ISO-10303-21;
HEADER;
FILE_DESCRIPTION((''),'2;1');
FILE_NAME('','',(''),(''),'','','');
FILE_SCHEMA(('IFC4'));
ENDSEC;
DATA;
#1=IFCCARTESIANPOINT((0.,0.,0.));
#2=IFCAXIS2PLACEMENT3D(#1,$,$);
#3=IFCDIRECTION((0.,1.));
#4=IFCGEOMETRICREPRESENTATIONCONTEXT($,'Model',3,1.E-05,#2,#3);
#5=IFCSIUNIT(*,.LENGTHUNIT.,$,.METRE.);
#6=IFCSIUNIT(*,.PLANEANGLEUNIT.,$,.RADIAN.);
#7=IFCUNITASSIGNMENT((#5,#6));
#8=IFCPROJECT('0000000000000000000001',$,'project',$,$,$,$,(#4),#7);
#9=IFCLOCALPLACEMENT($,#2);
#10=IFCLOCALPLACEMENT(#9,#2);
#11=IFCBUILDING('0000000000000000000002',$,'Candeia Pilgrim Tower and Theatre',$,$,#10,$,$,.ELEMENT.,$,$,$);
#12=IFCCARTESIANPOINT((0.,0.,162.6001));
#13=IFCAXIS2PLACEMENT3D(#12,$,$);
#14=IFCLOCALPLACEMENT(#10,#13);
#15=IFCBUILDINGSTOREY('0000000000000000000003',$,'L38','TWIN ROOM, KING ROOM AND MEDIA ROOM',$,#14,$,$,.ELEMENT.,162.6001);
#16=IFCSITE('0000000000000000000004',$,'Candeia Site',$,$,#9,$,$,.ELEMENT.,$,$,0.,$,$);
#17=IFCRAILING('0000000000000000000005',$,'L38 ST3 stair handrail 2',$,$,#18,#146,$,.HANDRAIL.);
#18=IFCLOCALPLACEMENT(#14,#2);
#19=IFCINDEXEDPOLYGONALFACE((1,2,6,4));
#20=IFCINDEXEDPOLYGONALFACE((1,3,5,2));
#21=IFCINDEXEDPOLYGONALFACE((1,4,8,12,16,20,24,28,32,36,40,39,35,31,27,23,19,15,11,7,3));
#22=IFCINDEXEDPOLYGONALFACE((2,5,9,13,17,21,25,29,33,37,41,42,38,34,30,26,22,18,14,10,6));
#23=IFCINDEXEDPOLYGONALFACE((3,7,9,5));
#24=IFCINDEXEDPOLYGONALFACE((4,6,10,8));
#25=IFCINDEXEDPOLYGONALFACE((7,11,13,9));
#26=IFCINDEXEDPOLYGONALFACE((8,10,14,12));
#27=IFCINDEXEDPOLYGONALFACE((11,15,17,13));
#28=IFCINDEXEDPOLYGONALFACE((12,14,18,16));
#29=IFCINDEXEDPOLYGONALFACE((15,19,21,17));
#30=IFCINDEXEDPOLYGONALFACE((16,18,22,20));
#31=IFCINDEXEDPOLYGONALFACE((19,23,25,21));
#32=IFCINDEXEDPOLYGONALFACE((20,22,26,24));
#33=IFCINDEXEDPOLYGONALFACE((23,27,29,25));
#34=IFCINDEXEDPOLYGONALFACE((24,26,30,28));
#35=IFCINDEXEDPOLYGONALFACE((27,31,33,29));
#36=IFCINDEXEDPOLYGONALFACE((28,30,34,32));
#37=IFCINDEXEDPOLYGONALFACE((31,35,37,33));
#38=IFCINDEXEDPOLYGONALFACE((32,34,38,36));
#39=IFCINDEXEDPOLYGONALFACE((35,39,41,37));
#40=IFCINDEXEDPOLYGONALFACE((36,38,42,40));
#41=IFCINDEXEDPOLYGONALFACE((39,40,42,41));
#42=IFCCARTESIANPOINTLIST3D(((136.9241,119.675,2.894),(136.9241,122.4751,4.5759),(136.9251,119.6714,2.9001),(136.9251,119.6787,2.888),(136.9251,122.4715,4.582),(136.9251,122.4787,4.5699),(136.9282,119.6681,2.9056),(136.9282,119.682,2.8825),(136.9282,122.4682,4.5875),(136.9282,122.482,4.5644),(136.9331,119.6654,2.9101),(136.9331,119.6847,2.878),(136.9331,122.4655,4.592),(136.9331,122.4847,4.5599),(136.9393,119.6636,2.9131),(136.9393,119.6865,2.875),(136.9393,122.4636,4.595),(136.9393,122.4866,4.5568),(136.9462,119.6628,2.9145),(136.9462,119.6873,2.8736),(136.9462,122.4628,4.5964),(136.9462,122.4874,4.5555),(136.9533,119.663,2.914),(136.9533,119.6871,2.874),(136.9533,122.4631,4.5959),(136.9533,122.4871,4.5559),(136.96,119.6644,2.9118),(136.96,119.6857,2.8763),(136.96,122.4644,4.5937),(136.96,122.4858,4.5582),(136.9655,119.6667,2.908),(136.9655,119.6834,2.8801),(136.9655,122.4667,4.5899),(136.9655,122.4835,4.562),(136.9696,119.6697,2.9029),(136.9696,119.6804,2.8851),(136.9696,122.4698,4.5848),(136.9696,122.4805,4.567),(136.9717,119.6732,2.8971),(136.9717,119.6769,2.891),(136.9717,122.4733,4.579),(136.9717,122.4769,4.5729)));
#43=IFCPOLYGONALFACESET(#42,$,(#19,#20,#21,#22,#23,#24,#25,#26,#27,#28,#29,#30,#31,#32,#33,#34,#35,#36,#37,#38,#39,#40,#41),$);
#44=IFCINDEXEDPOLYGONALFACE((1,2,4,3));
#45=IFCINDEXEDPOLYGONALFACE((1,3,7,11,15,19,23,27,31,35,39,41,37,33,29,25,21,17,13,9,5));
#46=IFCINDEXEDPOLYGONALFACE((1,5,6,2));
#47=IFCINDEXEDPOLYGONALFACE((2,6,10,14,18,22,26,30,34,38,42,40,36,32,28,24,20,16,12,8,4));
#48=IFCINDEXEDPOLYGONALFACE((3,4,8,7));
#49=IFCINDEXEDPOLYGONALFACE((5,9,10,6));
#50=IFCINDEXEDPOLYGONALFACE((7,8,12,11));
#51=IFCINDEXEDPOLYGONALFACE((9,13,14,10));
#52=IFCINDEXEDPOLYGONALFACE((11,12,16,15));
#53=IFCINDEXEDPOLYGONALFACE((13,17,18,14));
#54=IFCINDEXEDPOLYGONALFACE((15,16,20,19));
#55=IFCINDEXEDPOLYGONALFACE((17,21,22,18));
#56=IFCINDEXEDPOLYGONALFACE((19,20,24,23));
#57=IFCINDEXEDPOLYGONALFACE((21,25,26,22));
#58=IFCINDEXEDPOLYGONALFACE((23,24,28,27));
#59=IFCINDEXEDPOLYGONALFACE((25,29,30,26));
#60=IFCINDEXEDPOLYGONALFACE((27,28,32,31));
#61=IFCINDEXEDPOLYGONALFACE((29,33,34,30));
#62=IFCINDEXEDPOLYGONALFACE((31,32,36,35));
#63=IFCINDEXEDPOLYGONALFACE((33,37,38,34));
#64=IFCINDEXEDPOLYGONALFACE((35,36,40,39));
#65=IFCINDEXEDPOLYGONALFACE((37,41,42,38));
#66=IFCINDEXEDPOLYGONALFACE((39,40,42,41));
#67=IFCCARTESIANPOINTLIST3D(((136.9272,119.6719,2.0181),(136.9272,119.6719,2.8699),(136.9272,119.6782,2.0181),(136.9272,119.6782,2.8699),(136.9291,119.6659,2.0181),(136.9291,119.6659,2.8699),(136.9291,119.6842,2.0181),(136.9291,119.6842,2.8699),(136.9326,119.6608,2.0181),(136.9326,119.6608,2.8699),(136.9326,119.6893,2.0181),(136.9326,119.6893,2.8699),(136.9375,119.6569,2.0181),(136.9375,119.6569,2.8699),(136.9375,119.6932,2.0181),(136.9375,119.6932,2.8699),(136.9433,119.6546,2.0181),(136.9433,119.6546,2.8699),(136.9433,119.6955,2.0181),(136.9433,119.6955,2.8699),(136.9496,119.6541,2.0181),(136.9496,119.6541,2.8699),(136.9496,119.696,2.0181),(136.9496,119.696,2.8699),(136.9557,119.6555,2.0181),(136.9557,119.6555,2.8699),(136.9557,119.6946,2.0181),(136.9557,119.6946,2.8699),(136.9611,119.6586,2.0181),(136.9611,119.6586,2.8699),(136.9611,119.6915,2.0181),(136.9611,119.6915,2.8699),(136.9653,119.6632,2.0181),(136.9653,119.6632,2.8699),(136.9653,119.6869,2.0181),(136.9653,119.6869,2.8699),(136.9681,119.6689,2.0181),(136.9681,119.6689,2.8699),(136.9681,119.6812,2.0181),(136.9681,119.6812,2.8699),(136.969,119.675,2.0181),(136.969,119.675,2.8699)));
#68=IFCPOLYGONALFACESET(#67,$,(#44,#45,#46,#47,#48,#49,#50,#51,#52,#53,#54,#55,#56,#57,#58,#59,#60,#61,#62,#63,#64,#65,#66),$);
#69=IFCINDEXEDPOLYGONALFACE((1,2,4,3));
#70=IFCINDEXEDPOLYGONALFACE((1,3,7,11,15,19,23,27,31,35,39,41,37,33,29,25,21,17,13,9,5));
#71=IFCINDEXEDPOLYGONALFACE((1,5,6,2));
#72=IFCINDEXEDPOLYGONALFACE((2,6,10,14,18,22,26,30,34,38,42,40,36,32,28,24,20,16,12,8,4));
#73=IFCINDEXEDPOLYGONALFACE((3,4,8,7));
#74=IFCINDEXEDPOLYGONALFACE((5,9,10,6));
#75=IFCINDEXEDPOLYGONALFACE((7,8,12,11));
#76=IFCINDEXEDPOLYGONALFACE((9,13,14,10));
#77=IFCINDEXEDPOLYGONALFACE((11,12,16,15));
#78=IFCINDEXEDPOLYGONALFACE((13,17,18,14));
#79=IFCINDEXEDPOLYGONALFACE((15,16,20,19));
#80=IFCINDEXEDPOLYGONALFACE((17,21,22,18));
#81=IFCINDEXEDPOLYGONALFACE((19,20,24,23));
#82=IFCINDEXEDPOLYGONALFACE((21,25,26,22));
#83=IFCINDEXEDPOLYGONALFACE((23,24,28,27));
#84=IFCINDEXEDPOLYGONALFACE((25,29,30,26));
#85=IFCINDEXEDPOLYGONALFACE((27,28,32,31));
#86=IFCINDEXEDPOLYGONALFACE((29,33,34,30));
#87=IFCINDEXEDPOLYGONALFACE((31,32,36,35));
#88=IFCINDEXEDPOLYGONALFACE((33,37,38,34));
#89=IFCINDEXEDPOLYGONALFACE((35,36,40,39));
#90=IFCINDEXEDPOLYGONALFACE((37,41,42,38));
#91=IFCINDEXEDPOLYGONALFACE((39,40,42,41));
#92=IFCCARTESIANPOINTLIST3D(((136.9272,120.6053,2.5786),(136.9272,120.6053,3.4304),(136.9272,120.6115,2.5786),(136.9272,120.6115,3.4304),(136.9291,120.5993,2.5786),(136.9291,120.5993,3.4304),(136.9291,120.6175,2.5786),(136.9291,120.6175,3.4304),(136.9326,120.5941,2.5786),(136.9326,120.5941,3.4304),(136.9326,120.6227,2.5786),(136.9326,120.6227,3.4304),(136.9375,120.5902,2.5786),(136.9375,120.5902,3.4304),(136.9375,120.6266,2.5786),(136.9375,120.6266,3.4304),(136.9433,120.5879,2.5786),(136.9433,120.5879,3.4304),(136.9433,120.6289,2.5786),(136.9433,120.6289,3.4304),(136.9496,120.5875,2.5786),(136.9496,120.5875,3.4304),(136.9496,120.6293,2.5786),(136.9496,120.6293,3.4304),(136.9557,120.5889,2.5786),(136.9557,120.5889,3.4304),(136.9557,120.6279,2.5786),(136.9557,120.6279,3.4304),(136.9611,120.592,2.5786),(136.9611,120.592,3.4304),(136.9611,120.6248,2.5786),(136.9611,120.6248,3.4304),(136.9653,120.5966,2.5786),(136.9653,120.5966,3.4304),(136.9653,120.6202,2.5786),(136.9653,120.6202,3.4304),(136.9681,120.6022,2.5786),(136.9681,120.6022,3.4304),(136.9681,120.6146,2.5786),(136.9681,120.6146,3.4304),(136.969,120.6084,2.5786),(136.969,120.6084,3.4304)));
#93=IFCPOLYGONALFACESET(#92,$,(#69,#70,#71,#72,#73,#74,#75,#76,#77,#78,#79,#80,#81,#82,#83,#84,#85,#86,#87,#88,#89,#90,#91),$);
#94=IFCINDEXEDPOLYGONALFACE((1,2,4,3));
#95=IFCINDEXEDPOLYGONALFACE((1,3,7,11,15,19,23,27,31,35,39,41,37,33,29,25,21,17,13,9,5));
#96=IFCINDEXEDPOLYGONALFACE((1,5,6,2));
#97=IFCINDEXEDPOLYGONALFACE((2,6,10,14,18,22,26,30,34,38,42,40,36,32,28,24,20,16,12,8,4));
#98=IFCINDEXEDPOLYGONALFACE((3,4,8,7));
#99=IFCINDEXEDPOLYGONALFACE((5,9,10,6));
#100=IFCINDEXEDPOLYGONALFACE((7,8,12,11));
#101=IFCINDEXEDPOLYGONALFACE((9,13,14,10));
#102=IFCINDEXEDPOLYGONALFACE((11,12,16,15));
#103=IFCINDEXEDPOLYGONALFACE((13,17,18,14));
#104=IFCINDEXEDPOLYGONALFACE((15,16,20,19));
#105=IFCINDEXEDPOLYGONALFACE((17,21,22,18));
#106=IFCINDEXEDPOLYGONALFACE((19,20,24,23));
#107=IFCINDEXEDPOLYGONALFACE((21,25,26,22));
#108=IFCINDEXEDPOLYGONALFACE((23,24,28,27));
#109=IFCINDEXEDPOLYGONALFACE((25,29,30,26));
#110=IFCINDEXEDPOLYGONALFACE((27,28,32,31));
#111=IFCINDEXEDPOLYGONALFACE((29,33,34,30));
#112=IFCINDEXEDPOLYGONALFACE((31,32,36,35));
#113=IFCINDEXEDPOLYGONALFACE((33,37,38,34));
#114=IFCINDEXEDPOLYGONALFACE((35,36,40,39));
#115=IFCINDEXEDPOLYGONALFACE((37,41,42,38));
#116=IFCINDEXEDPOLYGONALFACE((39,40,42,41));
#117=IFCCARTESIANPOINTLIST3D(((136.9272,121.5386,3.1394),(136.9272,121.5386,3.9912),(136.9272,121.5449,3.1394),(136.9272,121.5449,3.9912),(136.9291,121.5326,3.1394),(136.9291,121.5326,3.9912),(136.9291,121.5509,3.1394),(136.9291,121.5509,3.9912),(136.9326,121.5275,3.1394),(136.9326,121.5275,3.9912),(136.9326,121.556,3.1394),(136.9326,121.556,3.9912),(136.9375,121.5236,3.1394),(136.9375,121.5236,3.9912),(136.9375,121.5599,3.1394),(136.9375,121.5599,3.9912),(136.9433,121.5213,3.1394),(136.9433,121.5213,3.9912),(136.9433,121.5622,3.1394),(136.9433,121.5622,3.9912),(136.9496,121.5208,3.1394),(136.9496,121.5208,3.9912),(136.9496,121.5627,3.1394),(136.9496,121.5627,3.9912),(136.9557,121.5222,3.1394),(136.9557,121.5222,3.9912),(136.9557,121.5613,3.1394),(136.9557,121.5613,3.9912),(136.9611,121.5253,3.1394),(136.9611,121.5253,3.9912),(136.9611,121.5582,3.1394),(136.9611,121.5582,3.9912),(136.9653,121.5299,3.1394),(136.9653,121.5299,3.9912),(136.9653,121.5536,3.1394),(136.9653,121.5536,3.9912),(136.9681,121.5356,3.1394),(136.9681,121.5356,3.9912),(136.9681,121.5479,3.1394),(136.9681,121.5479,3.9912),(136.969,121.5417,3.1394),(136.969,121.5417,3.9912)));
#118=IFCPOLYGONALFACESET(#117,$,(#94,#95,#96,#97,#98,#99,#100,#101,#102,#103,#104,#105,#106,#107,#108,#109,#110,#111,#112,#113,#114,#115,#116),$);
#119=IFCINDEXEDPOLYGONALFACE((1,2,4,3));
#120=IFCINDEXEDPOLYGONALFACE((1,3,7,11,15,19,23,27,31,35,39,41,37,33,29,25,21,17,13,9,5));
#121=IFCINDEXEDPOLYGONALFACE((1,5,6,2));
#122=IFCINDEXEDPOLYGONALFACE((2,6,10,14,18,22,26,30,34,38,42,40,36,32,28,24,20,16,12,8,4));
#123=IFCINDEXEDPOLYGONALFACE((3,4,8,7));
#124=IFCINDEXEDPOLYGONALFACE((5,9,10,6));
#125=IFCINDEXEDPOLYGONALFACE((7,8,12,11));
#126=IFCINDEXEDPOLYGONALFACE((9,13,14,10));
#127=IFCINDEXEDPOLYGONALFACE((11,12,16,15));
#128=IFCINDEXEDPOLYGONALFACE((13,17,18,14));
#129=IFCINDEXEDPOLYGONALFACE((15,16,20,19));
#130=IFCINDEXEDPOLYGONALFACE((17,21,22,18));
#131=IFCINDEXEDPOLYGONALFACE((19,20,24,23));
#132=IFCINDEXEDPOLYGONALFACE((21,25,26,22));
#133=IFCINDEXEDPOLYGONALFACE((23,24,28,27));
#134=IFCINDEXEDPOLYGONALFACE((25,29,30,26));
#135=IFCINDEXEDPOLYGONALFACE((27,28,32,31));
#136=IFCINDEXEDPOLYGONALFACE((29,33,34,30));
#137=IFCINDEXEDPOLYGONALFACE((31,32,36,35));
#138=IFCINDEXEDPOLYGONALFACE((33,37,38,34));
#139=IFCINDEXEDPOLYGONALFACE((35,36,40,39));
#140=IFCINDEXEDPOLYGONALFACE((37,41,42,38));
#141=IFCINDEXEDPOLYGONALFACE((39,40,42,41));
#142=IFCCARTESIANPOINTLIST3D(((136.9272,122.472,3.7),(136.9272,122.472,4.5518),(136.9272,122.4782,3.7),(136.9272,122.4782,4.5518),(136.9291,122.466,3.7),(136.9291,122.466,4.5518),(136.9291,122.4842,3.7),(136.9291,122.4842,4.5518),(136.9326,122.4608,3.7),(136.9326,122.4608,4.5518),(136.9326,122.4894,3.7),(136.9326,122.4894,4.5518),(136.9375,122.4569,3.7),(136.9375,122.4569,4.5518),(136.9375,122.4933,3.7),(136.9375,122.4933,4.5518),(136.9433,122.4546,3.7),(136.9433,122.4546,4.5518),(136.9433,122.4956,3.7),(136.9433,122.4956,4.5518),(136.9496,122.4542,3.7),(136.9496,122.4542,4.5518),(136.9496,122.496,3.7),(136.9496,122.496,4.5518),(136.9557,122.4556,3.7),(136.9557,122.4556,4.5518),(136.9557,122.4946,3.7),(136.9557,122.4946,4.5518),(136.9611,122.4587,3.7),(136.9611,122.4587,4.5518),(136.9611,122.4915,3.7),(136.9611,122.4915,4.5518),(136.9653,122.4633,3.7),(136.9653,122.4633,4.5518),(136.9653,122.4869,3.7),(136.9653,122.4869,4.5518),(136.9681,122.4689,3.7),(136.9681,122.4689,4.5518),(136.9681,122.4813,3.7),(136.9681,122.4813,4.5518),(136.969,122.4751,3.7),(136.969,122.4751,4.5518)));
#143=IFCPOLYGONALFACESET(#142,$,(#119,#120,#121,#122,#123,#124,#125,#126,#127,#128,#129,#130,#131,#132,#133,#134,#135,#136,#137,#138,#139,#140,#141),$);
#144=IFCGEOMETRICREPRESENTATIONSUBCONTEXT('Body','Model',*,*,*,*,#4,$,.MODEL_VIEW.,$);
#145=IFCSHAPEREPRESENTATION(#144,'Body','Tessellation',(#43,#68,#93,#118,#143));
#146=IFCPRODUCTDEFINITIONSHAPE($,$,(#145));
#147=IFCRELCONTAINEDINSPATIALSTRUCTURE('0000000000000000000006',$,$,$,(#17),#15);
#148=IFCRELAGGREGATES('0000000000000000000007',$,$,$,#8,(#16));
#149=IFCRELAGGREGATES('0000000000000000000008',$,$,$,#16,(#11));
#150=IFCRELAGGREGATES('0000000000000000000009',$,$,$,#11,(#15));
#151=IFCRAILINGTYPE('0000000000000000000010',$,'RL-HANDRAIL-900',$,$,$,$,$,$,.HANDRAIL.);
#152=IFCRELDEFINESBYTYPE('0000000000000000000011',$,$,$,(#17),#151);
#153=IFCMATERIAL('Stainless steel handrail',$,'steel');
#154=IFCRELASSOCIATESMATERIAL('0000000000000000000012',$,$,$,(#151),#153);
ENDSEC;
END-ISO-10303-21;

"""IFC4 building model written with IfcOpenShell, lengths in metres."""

from ifc_helpers import new_model, si_unit, direction, frame, origin, origin_2d, place, context, subcontext, project, spatial, circle, extrude, material, type_object, element, save


model = new_model("IFC4")

# Units and contexts
model_context = context("Model", 3, precision=1e-05, world=origin(), true_north=direction((0.0, 1.0)))
body_context = subcontext(model_context, "Body", "Model", "MODEL_VIEW")
ifc_project = project(units=[si_unit("LENGTHUNIT", "METRE"), si_unit("PLANEANGLEUNIT", "RADIAN")], contexts=[model_context])

# Site, building, storey
site_placement = place(None, origin())
site = spatial("IfcSite", under=ifc_project, at=site_placement, Name="Candeia Site", CompositionType="ELEMENT", RefElevation=0.0)
building_placement = place(site_placement, origin())
building = spatial("IfcBuilding", under=site, at=building_placement, Name="Candeia Pilgrim Tower and Theatre", CompositionType="ELEMENT")
storey_placement = place(building_placement, frame((0.0, 0.0, 162.6001)))
storey = spatial("IfcBuildingStorey", under=building, at=storey_placement, Name="L38", Description="TWIN ROOM, KING ROOM AND MEDIA ROOM", CompositionType="ELEMENT", Elevation=162.6001)

# Railing
ifc_material_1 = material(Name="Stainless steel handrail", Category="steel")
railing_type_1 = type_object("IfcRailingType", Name="RL-HANDRAIL-900", PredefinedType="HANDRAIL", material=ifc_material_1)
railing_1_placement = place(storey_placement, frame((136.948, 119.675, 2.0181)))
element("IfcRailing", 1, at=railing_1_placement, inside=storey, type_object=railing_type_1, Name="L38 ST3 stair handrail 2", PredefinedType="HANDRAIL", context=body_context, shape_type="SweptSolid", body=[
    extrude(circle(Radius=0.0239, at=origin_2d()), frame((0.0, 0.0, 0.876), z_axis=(0.0, 0.857242, 0.514913), x_axis=(-1.0, 0.0, 0.0)), (0.0, 0.0, 1.0), 3.2664),
    extrude(circle(Radius=0.021, at=origin_2d()), origin(), (0.0, 0.0, 1.0), 0.8518),
    extrude(circle(Radius=0.021, at=origin_2d()), frame((0.0, 0.9333, 0.5605)), (0.0, 0.0, 1.0), 0.8518),
    extrude(circle(Radius=0.021, at=origin_2d()), frame((0.0, 1.8667, 1.1213)), (0.0, 0.0, 1.0), 0.8518),
    extrude(circle(Radius=0.021, at=origin_2d()), frame((0.0, 2.8, 1.6819)), (0.0, 0.0, 1.0), 0.8518),
])

save(model, "model.ifc")
